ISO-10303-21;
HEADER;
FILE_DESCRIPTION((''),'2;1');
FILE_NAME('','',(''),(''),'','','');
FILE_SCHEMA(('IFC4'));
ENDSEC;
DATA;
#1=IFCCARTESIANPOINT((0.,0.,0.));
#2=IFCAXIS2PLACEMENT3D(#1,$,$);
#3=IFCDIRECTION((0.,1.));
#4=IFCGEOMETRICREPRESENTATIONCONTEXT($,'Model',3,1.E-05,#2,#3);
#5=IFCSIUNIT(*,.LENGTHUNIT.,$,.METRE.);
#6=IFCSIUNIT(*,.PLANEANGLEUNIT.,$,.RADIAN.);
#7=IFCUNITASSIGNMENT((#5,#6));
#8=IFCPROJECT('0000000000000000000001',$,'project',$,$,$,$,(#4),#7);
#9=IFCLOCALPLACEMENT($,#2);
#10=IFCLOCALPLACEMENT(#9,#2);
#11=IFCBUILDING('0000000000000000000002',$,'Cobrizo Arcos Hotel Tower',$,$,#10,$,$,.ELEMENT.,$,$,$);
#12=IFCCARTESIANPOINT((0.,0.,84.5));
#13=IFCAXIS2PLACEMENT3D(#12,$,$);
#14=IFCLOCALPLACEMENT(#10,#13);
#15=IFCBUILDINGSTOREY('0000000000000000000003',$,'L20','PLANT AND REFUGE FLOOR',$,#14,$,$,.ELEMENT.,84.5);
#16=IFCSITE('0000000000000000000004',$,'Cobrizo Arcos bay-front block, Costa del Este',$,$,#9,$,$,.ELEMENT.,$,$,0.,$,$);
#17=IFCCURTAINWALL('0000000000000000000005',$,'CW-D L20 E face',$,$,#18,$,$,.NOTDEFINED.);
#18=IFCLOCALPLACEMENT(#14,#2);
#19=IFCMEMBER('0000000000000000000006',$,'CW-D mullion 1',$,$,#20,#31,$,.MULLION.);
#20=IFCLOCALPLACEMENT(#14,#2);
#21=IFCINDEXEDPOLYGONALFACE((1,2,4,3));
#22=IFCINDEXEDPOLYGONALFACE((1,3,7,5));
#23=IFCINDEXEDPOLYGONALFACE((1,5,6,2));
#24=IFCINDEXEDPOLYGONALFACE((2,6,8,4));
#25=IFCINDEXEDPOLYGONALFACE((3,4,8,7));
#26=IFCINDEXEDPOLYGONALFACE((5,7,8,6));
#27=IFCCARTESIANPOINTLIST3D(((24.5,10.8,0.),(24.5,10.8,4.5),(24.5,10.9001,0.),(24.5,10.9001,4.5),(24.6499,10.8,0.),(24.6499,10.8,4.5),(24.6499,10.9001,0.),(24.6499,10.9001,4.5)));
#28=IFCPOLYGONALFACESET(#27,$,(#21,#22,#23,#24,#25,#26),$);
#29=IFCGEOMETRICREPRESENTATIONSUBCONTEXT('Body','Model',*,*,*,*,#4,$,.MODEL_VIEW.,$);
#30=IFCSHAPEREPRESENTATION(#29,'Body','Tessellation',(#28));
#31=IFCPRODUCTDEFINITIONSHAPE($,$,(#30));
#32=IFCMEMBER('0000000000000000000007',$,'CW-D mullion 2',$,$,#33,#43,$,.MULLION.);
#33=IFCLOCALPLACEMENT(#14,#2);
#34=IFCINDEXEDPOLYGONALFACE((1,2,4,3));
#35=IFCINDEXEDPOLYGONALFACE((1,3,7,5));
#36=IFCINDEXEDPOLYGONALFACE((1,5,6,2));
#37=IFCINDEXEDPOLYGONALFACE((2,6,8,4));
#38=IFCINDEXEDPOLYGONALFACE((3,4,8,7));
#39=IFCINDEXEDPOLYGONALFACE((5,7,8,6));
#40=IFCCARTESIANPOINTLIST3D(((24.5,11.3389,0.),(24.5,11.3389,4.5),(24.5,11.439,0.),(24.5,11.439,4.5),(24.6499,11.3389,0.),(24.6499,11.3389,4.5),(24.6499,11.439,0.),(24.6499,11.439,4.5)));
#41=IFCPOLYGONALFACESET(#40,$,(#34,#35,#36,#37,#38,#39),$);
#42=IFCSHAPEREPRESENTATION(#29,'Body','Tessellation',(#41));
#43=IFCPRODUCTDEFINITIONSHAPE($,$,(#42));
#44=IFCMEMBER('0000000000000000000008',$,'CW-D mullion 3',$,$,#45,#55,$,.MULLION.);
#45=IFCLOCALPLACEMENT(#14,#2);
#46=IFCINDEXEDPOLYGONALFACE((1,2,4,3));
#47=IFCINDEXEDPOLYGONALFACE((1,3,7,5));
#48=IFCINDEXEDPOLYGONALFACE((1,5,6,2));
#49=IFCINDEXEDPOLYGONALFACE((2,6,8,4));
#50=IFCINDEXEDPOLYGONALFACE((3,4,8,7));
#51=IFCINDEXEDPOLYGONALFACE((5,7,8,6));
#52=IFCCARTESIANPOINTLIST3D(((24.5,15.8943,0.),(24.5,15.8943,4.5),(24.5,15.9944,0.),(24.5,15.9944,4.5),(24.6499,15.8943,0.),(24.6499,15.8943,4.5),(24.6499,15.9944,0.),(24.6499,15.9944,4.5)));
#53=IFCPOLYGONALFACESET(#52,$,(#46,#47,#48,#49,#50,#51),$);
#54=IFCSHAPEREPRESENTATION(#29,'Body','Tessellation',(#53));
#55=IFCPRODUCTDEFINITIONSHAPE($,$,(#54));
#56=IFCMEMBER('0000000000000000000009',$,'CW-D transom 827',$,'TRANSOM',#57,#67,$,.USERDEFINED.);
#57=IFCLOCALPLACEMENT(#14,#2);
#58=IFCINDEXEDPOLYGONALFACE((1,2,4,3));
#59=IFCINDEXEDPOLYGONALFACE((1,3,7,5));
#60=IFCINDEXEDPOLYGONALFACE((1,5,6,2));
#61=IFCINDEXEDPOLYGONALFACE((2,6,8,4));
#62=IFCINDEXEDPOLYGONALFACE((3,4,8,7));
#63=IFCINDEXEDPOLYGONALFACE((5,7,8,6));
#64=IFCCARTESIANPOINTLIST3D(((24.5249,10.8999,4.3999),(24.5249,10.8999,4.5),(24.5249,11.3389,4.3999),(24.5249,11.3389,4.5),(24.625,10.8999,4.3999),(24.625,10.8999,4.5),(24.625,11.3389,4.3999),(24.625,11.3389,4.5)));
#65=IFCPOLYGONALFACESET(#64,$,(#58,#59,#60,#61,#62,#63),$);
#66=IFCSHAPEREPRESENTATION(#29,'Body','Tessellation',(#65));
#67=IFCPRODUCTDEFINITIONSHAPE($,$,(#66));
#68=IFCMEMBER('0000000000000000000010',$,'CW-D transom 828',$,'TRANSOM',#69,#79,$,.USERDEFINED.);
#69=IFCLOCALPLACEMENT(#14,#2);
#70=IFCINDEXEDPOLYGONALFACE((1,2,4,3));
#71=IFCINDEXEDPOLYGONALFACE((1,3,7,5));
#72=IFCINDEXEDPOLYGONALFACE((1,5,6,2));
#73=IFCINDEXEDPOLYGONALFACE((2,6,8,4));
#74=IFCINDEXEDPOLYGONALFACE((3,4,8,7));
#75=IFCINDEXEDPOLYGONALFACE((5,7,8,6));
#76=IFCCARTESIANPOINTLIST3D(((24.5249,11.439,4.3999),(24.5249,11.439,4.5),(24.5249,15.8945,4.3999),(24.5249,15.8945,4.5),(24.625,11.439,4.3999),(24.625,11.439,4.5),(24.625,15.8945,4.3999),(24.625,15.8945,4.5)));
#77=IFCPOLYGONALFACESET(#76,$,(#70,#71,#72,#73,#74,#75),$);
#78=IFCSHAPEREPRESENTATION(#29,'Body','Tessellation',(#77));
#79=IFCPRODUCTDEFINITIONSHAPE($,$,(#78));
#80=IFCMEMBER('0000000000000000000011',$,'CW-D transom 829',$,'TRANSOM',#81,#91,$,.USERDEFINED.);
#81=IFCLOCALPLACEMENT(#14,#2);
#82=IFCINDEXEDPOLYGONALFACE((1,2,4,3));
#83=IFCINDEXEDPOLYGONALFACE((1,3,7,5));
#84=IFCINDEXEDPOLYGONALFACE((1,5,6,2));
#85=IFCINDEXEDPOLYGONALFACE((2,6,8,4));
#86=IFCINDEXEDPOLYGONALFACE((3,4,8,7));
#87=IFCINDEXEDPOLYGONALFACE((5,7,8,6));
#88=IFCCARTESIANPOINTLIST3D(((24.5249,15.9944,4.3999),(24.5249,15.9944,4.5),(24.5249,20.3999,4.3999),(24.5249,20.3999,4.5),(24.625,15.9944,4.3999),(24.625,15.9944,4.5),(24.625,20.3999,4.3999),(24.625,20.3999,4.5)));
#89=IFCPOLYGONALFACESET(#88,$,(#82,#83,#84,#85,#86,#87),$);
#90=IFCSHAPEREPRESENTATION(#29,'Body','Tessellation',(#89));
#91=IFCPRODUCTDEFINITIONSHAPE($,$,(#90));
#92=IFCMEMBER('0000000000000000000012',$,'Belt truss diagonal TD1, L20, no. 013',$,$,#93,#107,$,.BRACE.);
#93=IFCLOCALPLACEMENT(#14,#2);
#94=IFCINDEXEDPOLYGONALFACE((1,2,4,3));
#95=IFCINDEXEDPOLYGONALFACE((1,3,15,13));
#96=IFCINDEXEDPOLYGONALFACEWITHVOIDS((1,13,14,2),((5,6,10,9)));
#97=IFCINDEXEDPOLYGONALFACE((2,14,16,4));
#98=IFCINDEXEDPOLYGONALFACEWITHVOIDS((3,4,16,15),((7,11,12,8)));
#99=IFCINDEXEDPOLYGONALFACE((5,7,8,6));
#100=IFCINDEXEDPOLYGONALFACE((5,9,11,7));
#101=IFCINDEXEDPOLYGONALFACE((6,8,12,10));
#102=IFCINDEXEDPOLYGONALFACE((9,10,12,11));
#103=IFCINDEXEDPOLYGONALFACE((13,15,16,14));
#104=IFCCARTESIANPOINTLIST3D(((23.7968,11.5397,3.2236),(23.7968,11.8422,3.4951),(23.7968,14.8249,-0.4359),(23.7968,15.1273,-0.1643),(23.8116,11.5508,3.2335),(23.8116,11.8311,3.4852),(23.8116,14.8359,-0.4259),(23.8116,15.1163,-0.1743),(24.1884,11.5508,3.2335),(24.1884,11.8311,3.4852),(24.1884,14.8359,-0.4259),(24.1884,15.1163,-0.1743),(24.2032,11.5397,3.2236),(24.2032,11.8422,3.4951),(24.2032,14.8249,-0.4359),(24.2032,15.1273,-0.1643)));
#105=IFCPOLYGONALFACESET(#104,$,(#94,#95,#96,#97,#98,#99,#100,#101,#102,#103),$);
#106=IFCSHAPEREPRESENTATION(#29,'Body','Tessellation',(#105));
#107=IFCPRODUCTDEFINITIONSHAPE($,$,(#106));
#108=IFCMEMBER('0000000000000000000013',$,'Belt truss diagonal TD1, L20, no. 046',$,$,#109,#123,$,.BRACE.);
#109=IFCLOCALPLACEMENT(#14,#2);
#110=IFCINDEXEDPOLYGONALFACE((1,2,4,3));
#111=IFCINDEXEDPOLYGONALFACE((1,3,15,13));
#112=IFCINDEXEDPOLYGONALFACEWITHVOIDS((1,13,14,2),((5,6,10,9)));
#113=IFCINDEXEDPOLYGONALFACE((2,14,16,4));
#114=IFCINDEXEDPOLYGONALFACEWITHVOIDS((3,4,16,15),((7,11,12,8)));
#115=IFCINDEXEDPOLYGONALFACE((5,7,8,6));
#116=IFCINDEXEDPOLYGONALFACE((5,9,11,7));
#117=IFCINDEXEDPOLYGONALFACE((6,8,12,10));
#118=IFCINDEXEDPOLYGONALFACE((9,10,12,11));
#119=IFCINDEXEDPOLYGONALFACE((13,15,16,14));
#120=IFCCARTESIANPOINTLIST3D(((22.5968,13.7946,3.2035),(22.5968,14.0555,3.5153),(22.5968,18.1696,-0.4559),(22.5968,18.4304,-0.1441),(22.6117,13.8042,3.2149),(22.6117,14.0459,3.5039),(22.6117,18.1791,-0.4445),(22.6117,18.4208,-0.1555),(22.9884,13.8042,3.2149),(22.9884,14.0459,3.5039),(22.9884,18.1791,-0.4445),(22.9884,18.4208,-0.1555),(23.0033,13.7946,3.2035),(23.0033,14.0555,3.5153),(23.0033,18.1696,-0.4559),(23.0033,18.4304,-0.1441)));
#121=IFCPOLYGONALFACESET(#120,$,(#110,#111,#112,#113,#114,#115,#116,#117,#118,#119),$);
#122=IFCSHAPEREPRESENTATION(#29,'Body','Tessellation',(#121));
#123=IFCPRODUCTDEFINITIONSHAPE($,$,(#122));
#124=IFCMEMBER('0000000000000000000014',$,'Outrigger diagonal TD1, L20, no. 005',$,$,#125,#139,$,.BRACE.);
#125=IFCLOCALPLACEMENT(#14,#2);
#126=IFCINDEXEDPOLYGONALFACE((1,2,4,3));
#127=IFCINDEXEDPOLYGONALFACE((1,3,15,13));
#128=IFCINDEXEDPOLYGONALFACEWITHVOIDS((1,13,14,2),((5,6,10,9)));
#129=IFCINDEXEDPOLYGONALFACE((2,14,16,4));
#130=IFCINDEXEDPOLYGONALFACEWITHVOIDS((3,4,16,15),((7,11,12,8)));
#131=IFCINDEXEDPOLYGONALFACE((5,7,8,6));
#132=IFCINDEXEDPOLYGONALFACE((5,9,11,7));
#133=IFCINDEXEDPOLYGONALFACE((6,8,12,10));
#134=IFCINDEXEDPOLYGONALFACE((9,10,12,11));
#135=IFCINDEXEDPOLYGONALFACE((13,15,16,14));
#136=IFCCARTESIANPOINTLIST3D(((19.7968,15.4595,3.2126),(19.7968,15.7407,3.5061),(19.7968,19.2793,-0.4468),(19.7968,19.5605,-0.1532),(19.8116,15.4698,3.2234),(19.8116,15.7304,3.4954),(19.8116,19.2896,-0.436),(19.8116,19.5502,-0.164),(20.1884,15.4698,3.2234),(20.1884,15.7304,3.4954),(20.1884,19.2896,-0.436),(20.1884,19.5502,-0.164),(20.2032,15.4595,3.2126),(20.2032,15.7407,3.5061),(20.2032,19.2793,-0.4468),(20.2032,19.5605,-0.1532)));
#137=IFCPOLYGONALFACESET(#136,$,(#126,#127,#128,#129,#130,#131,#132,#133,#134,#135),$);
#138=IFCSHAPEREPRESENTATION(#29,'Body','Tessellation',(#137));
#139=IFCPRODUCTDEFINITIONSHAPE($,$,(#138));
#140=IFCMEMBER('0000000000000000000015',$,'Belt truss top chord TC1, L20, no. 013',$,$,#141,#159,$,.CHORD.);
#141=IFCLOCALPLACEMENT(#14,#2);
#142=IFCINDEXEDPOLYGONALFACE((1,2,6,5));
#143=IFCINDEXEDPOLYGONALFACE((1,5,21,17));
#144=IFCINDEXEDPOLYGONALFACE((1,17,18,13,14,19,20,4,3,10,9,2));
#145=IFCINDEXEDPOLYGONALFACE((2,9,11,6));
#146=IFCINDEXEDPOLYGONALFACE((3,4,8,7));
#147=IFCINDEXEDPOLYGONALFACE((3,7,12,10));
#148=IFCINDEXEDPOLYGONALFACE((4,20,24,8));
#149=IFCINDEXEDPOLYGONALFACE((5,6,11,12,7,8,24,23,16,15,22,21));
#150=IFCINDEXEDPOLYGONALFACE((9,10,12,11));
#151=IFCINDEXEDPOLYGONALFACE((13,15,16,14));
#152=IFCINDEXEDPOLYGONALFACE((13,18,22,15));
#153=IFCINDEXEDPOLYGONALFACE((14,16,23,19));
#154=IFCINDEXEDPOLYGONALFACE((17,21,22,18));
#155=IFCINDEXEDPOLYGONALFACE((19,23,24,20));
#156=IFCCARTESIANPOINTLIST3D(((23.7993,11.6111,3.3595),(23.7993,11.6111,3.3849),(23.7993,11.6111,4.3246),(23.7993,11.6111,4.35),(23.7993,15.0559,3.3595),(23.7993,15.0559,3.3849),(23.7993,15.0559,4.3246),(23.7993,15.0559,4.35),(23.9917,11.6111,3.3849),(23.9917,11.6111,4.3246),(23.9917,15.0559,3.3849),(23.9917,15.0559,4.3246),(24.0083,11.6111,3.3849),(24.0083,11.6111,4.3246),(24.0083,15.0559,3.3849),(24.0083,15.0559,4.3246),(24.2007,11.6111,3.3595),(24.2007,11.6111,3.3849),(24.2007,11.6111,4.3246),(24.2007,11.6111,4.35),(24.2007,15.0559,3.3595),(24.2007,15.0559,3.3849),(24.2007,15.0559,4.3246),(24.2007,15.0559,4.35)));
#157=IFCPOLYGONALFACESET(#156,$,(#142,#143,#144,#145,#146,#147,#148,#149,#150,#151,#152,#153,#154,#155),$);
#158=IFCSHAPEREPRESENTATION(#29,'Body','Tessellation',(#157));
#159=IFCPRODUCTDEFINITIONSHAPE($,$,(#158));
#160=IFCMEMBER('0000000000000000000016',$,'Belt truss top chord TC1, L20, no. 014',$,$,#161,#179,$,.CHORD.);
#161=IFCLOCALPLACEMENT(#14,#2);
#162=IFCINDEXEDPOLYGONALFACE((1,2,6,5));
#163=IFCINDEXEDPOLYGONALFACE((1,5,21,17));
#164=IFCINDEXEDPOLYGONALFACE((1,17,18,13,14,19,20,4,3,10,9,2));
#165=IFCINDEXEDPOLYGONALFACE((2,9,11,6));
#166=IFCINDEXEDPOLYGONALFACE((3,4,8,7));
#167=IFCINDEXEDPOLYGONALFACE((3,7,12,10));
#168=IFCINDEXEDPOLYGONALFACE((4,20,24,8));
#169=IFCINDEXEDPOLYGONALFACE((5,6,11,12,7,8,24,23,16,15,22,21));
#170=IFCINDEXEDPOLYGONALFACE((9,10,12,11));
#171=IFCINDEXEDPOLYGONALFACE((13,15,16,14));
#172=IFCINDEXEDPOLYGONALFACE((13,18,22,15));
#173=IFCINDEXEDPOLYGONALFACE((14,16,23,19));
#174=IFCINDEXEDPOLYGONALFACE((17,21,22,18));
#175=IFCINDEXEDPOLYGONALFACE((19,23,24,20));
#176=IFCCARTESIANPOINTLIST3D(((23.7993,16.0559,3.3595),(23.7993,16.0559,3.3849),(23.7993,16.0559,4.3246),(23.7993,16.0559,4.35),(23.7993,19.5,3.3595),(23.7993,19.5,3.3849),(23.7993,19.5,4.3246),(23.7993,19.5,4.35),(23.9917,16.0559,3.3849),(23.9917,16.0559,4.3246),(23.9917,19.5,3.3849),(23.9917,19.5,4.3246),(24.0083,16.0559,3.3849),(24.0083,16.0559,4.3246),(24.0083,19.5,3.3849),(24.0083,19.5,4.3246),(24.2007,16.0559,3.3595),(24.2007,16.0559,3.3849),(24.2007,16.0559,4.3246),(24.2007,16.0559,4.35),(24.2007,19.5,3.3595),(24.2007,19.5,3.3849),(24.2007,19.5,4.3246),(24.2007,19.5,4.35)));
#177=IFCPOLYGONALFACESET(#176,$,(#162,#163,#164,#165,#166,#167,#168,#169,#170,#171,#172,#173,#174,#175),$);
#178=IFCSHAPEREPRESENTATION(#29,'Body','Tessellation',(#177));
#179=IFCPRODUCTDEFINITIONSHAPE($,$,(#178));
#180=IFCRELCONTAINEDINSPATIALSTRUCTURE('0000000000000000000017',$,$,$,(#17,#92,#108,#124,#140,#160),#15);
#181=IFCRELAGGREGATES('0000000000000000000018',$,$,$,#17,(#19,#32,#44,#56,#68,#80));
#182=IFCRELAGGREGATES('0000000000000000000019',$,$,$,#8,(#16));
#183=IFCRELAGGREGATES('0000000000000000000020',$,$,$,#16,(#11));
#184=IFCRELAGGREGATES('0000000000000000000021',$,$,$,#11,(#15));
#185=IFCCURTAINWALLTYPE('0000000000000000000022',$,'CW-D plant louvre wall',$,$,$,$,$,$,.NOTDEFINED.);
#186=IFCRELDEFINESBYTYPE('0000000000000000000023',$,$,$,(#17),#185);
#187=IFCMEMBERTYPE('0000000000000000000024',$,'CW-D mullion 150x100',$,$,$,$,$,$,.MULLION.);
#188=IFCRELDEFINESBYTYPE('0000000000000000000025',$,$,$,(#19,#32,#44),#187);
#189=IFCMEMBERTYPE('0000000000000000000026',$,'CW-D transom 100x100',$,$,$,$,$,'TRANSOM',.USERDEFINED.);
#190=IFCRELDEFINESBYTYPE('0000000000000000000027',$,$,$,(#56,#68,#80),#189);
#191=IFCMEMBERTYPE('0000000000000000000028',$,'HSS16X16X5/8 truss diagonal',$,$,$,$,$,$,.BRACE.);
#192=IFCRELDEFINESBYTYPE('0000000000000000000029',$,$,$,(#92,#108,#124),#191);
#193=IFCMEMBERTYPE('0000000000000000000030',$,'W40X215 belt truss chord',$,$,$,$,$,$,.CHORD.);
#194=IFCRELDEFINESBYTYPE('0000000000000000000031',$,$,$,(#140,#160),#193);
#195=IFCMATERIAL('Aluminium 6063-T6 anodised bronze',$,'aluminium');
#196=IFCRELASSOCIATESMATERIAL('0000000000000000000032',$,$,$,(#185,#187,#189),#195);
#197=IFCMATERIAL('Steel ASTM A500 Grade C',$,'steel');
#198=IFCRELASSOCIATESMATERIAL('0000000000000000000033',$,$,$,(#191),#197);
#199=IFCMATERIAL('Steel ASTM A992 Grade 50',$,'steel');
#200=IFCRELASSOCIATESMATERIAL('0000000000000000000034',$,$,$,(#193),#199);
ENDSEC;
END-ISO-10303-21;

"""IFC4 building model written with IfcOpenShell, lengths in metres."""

from ifc_helpers import new_model, si_unit, direction, frame, origin, origin_2d, place, context, subcontext, project, spatial, rectangle, hollow_rectangle, i_section, extrude, material, material_profile, profile_set, type_object, element, aggregate, save


model = new_model("IFC4")

# Units and contexts
model_context = context("Model", 3, precision=1e-05, world=origin(), true_north=direction((0.0, 1.0)))
body_context = subcontext(model_context, "Body", "Model", "MODEL_VIEW")
ifc_project = project(units=[si_unit("LENGTHUNIT", "METRE"), si_unit("PLANEANGLEUNIT", "RADIAN")], contexts=[model_context])

# Site, building, storey
site_placement = place(None, origin())
site = spatial("IfcSite", under=ifc_project, at=site_placement, Name="Cobrizo Arcos bay-front block, Costa del Este", CompositionType="ELEMENT", RefElevation=0.0)
building_placement = place(site_placement, origin())
building = spatial("IfcBuilding", under=site, at=building_placement, Name="Cobrizo Arcos Hotel Tower", CompositionType="ELEMENT")
storey_placement = place(building_placement, frame((0.0, 0.0, 84.5)))
storey = spatial("IfcBuildingStorey", under=building, at=storey_placement, Name="L20", Description="PLANT AND REFUGE FLOOR", CompositionType="ELEMENT", Elevation=84.5)

# Curtain wall, members
ifc_material_1 = material(Name="Aluminium 6063-T6 anodised bronze", Category="aluminium")
curtain_wall_type = type_object("IfcCurtainWallType", Name="CW-D plant louvre wall", PredefinedType="NOTDEFINED", material=ifc_material_1)
curtain_wall_placement = place(storey_placement, origin())
curtain_wall = element("IfcCurtainWall", 1, at=curtain_wall_placement, inside=storey, type_object=curtain_wall_type, Name="CW-D L20 E face", PredefinedType="NOTDEFINED")
ifc_material_profile_1 = material_profile(ifc_material_1, rectangle(XDim=0.1499, YDim=0.1001, at=origin_2d()), Name="CW-D mullion 150x100")
ifc_profile_set_1 = profile_set([ifc_material_profile_1], Name="Aluminium 6063-T6 anodised bronze")
member_type_1 = type_object("IfcMemberType", Name="CW-D mullion 150x100", PredefinedType="MULLION", material=ifc_profile_set_1)
member_1_placement = place(storey_placement, frame((24.575, 10.8501, 0.0), z_axis=(0.0, 0.0, 1.0), x_axis=(1.0, 0.0, 0.0)))
member_1 = element("IfcMember", 2, at=member_1_placement, type_object=member_type_1, Name="CW-D mullion 1", PredefinedType="MULLION", context=body_context, shape_type="SweptSolid", body=[
    extrude(rectangle(XDim=0.1499, YDim=0.1001, at=origin_2d()), origin(), (0.0, 0.0, 1.0), 4.5),
])
member_2_placement = place(storey_placement, frame((24.575, 11.3889, 0.0), z_axis=(0.0, 0.0, 1.0), x_axis=(1.0, 0.0, 0.0)))
member_2 = element("IfcMember", 3, at=member_2_placement, type_object=member_type_1, Name="CW-D mullion 2", PredefinedType="MULLION", context=body_context, shape_type="SweptSolid", body=[
    extrude(rectangle(XDim=0.1499, YDim=0.1001, at=origin_2d()), origin(), (0.0, 0.0, 1.0), 4.5),
])
member_3_placement = place(storey_placement, frame((24.575, 15.9443, 0.0), z_axis=(0.0, 0.0, 1.0), x_axis=(1.0, 0.0, 0.0)))
member_3 = element("IfcMember", 4, at=member_3_placement, type_object=member_type_1, Name="CW-D mullion 3", PredefinedType="MULLION", context=body_context, shape_type="SweptSolid", body=[
    extrude(rectangle(XDim=0.1499, YDim=0.1001, at=origin_2d()), origin(), (0.0, 0.0, 1.0), 4.5),
])
ifc_material_profile_2 = material_profile(ifc_material_1, rectangle(XDim=0.1001, YDim=0.1001, at=origin_2d()), Name="CW-D transom 100x100")
ifc_profile_set_2 = profile_set([ifc_material_profile_2], Name="Aluminium 6063-T6 anodised bronze")
member_type_2 = type_object("IfcMemberType", Name="CW-D transom 100x100", ElementType="TRANSOM", PredefinedType="USERDEFINED", material=ifc_profile_set_2)
member_4_placement = place(storey_placement, frame((24.575, 10.8999, 4.45), z_axis=(0.0, 1.0, 0.0), x_axis=(-1.0, 0.0, 0.0)))
member_4 = element("IfcMember", 5, at=member_4_placement, type_object=member_type_2, Name="CW-D transom 827", ObjectType="TRANSOM", PredefinedType="USERDEFINED", context=body_context, shape_type="SweptSolid", body=[
    extrude(rectangle(XDim=0.1001, YDim=0.1001, at=origin_2d()), origin(), (0.0, 0.0, 1.0), 0.439),
])
member_5_placement = place(storey_placement, frame((24.575, 11.439, 4.45), z_axis=(0.0, 1.0, 0.0), x_axis=(-1.0, 0.0, 0.0)))
member_5 = element("IfcMember", 6, at=member_5_placement, type_object=member_type_2, Name="CW-D transom 828", ObjectType="TRANSOM", PredefinedType="USERDEFINED", context=body_context, shape_type="SweptSolid", body=[
    extrude(rectangle(XDim=0.1001, YDim=0.1001, at=origin_2d()), origin(), (0.0, 0.0, 1.0), 4.4556),
])
member_6_placement = place(storey_placement, frame((24.575, 15.9944, 4.45), z_axis=(0.0, 1.0, 0.0), x_axis=(-1.0, 0.0, 0.0)))
member_6 = element("IfcMember", 7, at=member_6_placement, type_object=member_type_2, Name="CW-D transom 829", ObjectType="TRANSOM", PredefinedType="USERDEFINED", context=body_context, shape_type="SweptSolid", body=[
    extrude(rectangle(XDim=0.1001, YDim=0.1001, at=origin_2d()), origin(), (0.0, 0.0, 1.0), 4.4055),
])

# Members
ifc_material_2 = material(Name="Steel ASTM A500 Grade C", Category="steel")
ifc_material_profile_3 = material_profile(ifc_material_2, hollow_rectangle(XDim=0.4065, YDim=0.4065, WallThickness=0.0149, at=origin_2d()), Name="HSS16X16X5/8")
ifc_profile_set_3 = profile_set([ifc_material_profile_3], Name="Steel ASTM A500 Grade C")
member_type_3 = type_object("IfcMemberType", Name="HSS16X16X5/8 truss diagonal", PredefinedType="BRACE", material=ifc_profile_set_3)
member_7_placement = place(storey_placement, frame((24.0, 11.6909, 3.3594), z_axis=(0.0, 0.668029, -0.744135), x_axis=(-1.0, 0.0, 0.0)))
element("IfcMember", 8, at=member_7_placement, inside=storey, type_object=member_type_3, Name="Belt truss diagonal TD1, L20, no. 013", PredefinedType="BRACE", context=body_context, shape_type="SweptSolid", body=[
    extrude(hollow_rectangle(XDim=0.4065, YDim=0.4065, WallThickness=0.0149, at=origin_2d()), origin(), (0.0, 0.0, 1.0), 4.9177),
])
member_8_placement = place(storey_placement, frame((22.8, 13.925, 3.3594), z_axis=(0.0, 0.767048, -0.64159), x_axis=(-1.0, 0.0, 0.0)))
element("IfcMember", 9, at=member_8_placement, inside=storey, type_object=member_type_3, Name="Belt truss diagonal TD1, L20, no. 046", PredefinedType="BRACE", context=body_context, shape_type="SweptSolid", body=[
    extrude(hollow_rectangle(XDim=0.4065, YDim=0.4065, WallThickness=0.0149, at=origin_2d()), origin(), (0.0, 0.0, 1.0), 5.7036),
])
member_9_placement = place(storey_placement, frame((20.0, 15.6001, 3.3594), z_axis=(0.0, 0.722105, -0.691783), x_axis=(-1.0, 0.0, 0.0)))
element("IfcMember", 10, at=member_9_placement, inside=storey, type_object=member_type_3, Name="Outrigger diagonal TD1, L20, no. 005", PredefinedType="BRACE", context=body_context, shape_type="SweptSolid", body=[
    extrude(hollow_rectangle(XDim=0.4065, YDim=0.4065, WallThickness=0.0149, at=origin_2d()), origin(), (0.0, 0.0, 1.0), 5.2898),
])
ifc_material_3 = material(Name="Steel ASTM A992 Grade 50", Category="steel")
ifc_material_profile_4 = material_profile(ifc_material_3, i_section(OverallWidth=0.4014, OverallDepth=0.9905, WebThickness=0.0166, FlangeThickness=0.0254, at=origin_2d()), Name="W40X215")
ifc_profile_set_4 = profile_set([ifc_material_profile_4], Name="Steel ASTM A992 Grade 50")
member_type_4 = type_object("IfcMemberType", Name="W40X215 belt truss chord", PredefinedType="CHORD", material=ifc_profile_set_4)
member_10_placement = place(storey_placement, frame((24.0, 11.6111, 3.8547), z_axis=(0.0, 1.0, 0.0), x_axis=(-1.0, 0.0, 0.0)))
element("IfcMember", 11, at=member_10_placement, inside=storey, type_object=member_type_4, Name="Belt truss top chord TC1, L20, no. 013", PredefinedType="CHORD", context=body_context, shape_type="SweptSolid", body=[
    extrude(i_section(OverallWidth=0.4014, OverallDepth=0.9905, WebThickness=0.0166, FlangeThickness=0.0254, at=origin_2d()), origin(), (0.0, 0.0, 1.0), 3.4448),
])
member_11_placement = place(storey_placement, frame((24.0, 16.0559, 3.8547), z_axis=(0.0, 1.0, 0.0), x_axis=(-1.0, 0.0, 0.0)))
element("IfcMember", 12, at=member_11_placement, inside=storey, type_object=member_type_4, Name="Belt truss top chord TC1, L20, no. 014", PredefinedType="CHORD", context=body_context, shape_type="SweptSolid", body=[
    extrude(i_section(OverallWidth=0.4014, OverallDepth=0.9905, WebThickness=0.0166, FlangeThickness=0.0254, at=origin_2d()), origin(), (0.0, 0.0, 1.0), 3.4441),
])

aggregate(curtain_wall, [member_1, member_2, member_3, member_4, member_5, member_6])

save(model, "model.ifc")
